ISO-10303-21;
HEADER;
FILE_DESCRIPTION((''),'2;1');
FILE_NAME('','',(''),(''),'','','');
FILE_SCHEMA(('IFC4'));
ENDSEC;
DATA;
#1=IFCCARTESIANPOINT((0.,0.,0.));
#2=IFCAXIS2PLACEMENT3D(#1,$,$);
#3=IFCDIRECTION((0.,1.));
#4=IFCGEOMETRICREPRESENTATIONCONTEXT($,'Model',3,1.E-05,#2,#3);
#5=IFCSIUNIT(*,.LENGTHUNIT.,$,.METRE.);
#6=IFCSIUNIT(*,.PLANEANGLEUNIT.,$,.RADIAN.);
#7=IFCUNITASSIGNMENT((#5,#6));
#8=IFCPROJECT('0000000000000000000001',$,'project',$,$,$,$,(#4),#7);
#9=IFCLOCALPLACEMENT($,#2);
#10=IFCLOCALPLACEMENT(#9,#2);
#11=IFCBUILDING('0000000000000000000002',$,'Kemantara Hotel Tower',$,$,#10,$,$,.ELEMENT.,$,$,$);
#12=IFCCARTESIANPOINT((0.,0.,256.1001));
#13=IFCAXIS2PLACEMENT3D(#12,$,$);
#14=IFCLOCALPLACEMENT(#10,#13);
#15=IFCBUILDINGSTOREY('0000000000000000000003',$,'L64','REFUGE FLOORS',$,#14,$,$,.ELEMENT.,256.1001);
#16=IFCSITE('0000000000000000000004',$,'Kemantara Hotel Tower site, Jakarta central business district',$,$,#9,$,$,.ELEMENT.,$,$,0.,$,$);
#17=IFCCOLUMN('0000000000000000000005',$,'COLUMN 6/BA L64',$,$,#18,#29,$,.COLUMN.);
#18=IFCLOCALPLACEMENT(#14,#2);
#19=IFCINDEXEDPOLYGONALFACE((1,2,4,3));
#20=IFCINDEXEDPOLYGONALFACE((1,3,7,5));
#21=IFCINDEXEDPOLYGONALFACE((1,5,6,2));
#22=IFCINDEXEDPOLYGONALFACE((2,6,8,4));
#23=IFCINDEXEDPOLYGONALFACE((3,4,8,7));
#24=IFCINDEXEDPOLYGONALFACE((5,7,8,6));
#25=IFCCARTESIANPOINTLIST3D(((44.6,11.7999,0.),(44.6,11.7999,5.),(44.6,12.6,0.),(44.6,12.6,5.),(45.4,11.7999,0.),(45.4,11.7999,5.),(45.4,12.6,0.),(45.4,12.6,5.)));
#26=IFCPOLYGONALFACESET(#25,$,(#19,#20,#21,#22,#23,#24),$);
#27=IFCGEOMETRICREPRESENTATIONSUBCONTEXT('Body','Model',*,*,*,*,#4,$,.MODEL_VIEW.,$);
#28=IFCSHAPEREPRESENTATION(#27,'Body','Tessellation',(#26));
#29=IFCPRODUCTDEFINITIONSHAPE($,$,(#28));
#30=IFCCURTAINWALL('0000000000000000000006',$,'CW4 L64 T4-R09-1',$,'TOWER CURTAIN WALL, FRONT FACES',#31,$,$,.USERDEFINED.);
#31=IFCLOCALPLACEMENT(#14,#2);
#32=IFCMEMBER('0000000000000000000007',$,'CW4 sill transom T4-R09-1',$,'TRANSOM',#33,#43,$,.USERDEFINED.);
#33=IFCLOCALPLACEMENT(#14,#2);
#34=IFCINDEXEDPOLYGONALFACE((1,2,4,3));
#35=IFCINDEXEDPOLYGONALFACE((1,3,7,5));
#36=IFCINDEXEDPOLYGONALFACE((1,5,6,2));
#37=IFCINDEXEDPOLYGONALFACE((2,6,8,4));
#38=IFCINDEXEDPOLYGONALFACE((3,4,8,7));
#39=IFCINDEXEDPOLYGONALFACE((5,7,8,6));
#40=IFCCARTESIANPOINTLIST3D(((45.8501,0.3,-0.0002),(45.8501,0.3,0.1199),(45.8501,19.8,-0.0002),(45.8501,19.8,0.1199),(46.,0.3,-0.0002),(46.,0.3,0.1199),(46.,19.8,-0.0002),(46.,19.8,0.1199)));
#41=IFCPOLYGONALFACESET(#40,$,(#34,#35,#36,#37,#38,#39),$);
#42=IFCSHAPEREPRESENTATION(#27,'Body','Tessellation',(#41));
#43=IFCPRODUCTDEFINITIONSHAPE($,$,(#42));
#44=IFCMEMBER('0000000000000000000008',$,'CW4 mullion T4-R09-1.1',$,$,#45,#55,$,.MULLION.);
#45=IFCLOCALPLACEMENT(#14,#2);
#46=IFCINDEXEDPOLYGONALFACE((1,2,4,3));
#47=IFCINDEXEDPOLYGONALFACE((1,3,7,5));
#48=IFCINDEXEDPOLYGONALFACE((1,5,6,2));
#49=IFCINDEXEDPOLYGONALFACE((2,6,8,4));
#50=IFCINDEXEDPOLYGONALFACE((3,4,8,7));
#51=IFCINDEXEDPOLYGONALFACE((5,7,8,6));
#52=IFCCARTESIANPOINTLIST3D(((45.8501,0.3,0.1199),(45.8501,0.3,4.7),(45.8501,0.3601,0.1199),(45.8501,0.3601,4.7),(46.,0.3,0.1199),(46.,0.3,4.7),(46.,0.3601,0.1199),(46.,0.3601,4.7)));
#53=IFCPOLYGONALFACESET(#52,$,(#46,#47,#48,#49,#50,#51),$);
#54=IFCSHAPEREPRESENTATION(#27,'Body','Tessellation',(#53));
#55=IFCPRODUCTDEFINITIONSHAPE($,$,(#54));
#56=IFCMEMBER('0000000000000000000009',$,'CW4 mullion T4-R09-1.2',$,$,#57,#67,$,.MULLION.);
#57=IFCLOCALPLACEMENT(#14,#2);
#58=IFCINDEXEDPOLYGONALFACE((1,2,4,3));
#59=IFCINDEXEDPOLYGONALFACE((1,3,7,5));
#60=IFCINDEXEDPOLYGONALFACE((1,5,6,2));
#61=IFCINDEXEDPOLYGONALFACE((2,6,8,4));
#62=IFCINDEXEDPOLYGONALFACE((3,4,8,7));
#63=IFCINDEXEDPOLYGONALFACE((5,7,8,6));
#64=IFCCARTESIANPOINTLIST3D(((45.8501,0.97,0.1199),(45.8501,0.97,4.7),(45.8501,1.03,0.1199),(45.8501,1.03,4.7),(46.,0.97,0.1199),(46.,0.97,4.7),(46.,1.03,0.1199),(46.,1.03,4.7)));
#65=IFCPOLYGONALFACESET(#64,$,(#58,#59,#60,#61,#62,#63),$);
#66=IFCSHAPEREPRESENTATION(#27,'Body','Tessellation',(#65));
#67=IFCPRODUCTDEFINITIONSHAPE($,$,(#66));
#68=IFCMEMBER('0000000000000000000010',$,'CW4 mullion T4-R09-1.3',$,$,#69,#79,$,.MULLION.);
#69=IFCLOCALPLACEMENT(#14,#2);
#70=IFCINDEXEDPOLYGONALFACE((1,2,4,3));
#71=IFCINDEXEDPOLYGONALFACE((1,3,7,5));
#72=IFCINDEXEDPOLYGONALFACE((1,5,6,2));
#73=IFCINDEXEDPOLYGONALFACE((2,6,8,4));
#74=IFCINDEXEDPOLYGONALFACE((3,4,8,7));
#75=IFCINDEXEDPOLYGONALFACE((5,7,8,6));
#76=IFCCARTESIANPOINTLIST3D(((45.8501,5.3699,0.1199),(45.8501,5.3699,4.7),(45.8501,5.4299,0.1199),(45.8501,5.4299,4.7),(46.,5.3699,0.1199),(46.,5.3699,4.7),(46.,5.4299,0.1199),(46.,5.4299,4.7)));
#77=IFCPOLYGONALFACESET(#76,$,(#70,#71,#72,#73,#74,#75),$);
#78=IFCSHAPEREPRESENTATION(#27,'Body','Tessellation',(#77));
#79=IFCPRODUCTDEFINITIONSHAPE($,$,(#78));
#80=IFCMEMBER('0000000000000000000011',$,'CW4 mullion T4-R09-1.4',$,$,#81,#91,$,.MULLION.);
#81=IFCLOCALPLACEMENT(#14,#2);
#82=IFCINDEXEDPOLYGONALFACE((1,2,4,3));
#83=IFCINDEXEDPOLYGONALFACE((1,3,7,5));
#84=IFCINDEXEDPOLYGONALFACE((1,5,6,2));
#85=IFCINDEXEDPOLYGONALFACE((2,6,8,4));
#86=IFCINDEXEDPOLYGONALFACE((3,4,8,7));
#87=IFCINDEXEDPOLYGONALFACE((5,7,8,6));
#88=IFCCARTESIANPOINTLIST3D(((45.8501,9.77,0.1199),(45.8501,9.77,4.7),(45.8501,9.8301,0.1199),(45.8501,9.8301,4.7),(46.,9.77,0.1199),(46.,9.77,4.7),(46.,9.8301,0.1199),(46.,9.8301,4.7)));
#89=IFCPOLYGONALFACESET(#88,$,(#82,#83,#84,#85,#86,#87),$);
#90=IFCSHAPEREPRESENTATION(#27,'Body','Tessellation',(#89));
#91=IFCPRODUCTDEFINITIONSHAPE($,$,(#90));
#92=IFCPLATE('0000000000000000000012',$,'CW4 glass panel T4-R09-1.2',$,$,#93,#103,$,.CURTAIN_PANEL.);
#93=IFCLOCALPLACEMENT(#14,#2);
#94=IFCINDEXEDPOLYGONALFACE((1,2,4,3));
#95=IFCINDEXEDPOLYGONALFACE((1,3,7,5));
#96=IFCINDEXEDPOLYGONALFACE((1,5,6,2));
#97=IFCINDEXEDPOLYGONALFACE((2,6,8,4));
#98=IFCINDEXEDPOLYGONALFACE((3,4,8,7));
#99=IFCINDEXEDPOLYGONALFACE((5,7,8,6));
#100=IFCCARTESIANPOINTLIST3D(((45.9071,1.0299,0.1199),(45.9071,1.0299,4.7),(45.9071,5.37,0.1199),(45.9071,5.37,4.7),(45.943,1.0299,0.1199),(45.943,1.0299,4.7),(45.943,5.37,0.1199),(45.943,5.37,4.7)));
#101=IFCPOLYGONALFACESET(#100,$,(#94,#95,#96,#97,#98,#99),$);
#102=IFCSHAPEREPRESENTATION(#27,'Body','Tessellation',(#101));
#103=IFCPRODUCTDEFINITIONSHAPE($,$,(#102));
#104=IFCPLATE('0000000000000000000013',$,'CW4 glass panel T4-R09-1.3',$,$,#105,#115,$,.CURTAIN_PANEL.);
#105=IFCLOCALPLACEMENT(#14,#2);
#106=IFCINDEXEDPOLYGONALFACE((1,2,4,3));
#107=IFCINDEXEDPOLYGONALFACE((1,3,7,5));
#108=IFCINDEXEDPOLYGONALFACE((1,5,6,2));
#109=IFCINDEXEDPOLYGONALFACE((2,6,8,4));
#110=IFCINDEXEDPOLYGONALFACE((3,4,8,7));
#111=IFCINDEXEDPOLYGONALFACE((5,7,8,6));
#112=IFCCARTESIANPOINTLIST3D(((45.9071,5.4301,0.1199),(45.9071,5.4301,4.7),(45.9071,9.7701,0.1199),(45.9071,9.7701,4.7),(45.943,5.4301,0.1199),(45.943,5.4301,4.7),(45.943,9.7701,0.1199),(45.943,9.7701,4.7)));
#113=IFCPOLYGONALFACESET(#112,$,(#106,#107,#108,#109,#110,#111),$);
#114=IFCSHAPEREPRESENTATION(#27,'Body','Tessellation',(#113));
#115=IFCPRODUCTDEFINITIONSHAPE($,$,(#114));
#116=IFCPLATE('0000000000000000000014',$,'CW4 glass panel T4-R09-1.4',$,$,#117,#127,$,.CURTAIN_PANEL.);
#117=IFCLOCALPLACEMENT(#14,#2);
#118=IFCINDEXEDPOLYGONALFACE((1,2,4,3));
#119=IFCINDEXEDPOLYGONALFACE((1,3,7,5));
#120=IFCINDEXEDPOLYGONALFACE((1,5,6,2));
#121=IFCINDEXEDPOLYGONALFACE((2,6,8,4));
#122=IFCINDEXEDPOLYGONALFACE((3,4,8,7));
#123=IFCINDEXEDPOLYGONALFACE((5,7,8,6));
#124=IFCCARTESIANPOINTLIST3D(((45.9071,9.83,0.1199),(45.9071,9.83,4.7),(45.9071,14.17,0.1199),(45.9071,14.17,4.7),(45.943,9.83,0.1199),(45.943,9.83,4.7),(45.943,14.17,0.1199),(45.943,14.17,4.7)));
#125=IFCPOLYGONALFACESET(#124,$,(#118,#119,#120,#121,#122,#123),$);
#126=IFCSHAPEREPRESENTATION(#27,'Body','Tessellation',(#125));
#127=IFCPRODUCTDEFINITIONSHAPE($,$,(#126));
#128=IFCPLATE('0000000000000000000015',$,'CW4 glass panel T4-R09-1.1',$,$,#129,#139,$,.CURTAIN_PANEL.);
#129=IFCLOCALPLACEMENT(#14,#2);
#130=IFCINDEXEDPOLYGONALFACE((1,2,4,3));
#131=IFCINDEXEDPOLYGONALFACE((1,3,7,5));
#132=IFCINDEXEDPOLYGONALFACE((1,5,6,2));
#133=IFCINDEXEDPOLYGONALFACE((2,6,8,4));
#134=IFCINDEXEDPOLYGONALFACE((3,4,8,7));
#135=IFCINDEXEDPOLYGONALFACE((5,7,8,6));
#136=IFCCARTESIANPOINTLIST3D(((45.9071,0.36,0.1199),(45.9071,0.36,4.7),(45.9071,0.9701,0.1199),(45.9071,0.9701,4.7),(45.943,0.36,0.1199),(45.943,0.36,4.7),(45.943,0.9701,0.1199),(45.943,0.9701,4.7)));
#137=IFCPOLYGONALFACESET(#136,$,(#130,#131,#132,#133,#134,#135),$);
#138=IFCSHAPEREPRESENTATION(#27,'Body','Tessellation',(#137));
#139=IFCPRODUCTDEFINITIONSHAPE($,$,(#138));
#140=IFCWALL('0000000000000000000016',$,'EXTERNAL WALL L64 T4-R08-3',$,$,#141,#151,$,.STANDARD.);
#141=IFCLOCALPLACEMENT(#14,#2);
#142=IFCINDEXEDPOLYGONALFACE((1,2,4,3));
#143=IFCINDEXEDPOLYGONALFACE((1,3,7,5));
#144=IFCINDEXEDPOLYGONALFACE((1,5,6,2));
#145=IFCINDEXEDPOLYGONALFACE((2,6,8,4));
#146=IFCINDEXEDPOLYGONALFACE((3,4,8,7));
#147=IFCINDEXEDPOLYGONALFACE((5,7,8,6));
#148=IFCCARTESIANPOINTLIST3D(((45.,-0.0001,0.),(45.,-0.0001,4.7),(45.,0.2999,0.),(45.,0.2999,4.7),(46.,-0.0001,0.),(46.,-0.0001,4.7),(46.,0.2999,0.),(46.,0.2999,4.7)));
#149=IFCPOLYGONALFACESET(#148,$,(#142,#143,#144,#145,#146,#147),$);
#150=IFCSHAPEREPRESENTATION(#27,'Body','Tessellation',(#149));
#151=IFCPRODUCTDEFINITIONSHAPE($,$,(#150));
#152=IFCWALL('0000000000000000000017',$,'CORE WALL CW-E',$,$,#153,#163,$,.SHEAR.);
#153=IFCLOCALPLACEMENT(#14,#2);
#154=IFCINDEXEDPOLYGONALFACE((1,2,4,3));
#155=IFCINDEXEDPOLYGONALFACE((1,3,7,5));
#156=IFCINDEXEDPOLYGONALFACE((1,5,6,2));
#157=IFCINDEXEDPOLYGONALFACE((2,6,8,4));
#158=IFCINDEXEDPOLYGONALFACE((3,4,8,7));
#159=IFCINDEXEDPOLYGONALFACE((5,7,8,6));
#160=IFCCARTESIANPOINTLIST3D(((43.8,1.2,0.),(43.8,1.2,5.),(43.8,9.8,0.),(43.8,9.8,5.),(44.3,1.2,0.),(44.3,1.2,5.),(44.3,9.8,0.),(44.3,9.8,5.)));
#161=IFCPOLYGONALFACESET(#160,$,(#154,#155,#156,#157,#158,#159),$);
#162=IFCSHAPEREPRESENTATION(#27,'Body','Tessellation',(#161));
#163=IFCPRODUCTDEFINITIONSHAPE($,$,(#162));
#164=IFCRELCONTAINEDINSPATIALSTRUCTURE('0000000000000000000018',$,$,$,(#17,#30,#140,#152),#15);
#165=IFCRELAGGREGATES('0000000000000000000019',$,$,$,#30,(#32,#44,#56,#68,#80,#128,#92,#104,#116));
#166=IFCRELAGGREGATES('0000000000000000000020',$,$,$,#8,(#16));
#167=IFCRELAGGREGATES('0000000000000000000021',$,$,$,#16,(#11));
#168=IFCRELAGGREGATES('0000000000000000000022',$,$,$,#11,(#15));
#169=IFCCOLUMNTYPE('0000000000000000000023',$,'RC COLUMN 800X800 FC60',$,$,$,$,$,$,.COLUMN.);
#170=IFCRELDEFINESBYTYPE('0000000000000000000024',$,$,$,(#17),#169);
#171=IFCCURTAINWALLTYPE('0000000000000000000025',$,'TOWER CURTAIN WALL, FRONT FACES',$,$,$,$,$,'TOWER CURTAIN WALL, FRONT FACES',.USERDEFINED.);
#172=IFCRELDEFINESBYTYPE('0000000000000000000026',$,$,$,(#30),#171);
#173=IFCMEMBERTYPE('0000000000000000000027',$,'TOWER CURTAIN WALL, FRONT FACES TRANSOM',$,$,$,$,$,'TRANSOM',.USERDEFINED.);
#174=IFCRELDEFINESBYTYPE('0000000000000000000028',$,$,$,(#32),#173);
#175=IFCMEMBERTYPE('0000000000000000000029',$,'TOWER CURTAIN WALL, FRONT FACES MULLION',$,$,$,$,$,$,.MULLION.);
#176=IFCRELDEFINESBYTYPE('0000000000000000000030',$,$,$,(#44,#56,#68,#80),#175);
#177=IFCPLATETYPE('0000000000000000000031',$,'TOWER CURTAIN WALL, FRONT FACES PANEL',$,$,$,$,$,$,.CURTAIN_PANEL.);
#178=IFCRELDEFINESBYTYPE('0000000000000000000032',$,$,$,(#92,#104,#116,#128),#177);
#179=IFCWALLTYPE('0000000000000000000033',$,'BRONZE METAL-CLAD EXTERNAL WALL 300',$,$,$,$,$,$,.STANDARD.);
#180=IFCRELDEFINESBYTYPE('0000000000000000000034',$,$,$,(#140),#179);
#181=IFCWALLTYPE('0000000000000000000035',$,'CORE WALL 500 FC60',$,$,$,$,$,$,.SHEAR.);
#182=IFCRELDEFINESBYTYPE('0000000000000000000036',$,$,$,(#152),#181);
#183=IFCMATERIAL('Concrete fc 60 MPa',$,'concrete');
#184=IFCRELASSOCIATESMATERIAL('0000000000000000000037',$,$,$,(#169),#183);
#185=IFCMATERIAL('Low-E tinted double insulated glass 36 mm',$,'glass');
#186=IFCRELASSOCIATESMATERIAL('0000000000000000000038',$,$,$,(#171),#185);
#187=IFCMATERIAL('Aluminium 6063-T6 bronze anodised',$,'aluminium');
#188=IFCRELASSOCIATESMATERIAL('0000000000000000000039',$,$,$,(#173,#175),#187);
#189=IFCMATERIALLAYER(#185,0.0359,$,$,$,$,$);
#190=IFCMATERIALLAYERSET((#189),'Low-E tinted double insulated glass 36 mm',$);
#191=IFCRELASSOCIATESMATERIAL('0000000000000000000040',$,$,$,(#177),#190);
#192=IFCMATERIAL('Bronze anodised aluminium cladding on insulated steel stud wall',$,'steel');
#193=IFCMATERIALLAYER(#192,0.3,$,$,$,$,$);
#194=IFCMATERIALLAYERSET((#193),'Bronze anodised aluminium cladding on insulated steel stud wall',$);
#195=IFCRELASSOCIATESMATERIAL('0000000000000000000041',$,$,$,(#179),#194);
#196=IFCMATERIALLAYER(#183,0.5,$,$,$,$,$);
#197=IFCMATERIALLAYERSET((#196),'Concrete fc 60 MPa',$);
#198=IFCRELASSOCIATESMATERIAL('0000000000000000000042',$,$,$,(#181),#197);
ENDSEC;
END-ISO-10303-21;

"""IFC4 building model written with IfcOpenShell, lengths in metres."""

from ifc_helpers import new_model, si_unit, direction, frame, frame_2d, origin, origin_2d, place, context, subcontext, project, spatial, rectangle, extrude, source, transform, mapped, material, layer, layer_set, material_profile, profile_set, type_object, element, aggregate, save


model = new_model("IFC4")

# Units and contexts
model_context = context("Model", 3, precision=1e-05, world=origin(), true_north=direction((0.0, 1.0)))
body_context = subcontext(model_context, "Body", "Model", "MODEL_VIEW")
ifc_project = project(units=[si_unit("LENGTHUNIT", "METRE"), si_unit("PLANEANGLEUNIT", "RADIAN")], contexts=[model_context])

# Site, building, storey
site_placement = place(None, origin())
site = spatial("IfcSite", under=ifc_project, at=site_placement, Name="Kemantara Hotel Tower site, Jakarta central business district", CompositionType="ELEMENT", RefElevation=0.0)
building_placement = place(site_placement, origin())
building = spatial("IfcBuilding", under=site, at=building_placement, Name="Kemantara Hotel Tower", CompositionType="ELEMENT")
storey_placement = place(building_placement, frame((0.0, 0.0, 256.1001)))
storey = spatial("IfcBuildingStorey", under=building, at=storey_placement, Name="L64", Description="REFUGE FLOORS", CompositionType="ELEMENT", Elevation=256.1001)

# Column
ifc_material_1 = material(Name="Concrete fc 60 MPa", Category="concrete")
ifc_material_profile_1 = material_profile(ifc_material_1, rectangle(XDim=0.8, YDim=0.8, at=origin_2d()), Name="RC 800X800")
ifc_profile_set_1 = profile_set([ifc_material_profile_1], Name="Concrete fc 60 MPa")
column_type = type_object("IfcColumnType", Name="RC COLUMN 800X800 FC60", PredefinedType="COLUMN", material=ifc_profile_set_1)
column_placement = place(storey_placement, frame((45.0, 12.2, 0.0), z_axis=(0.0, 0.0, 1.0), x_axis=(1.0, 0.0, 0.0)))
element("IfcColumn", 1, at=column_placement, inside=storey, type_object=column_type, Name="COLUMN 6/BA L64", PredefinedType="COLUMN", context=body_context, shape_type="SweptSolid", body=[
    extrude(rectangle(XDim=0.8, YDim=0.8, at=origin_2d()), origin(), (0.0, 0.0, 1.0), 5.0),
])

# Curtain wall, members, plates
ifc_material_2 = material(Name="Low-E tinted double insulated glass 36 mm", Category="glass")
curtain_wall_type = type_object("IfcCurtainWallType", Name="TOWER CURTAIN WALL, FRONT FACES", ElementType="TOWER CURTAIN WALL, FRONT FACES", PredefinedType="USERDEFINED", material=ifc_material_2)
curtain_wall_placement = place(storey_placement, origin())
curtain_wall = element("IfcCurtainWall", 2, at=curtain_wall_placement, inside=storey, type_object=curtain_wall_type, Name="CW4 L64 T4-R09-1", ObjectType="TOWER CURTAIN WALL, FRONT FACES", PredefinedType="USERDEFINED")
ifc_material_3 = material(Name="Aluminium 6063-T6 bronze anodised", Category="aluminium")
ifc_material_profile_2 = material_profile(ifc_material_3, rectangle(XDim=0.1499, YDim=0.1201, at=origin_2d()), Name="TOWER CURTAIN WALL, FRONT FACES TRANSOM")
ifc_profile_set_2 = profile_set([ifc_material_profile_2], Name="Aluminium 6063-T6 bronze anodised")
member_type_1 = type_object("IfcMemberType", Name="TOWER CURTAIN WALL, FRONT FACES TRANSOM", ElementType="TRANSOM", PredefinedType="USERDEFINED", material=ifc_profile_set_2)
member_1_placement = place(storey_placement, frame((45.925, 0.3, 0.0598), z_axis=(0.0, 1.0, 0.0), x_axis=(-1.0, 0.0, 0.0)))
member_1 = element("IfcMember", 3, at=member_1_placement, type_object=member_type_1, Name="CW4 sill transom T4-R09-1", ObjectType="TRANSOM", PredefinedType="USERDEFINED", context=body_context, shape_type="SweptSolid", body=[
    extrude(rectangle(XDim=0.1499, YDim=0.1201, at=origin_2d()), origin(), (0.0, 0.0, 1.0), 19.5),
])
ifc_material_profile_3 = material_profile(ifc_material_3, rectangle(XDim=0.1499, YDim=0.0601, at=origin_2d()), Name="TOWER CURTAIN WALL, FRONT FACES MULLION")
ifc_profile_set_3 = profile_set([ifc_material_profile_3], Name="Aluminium 6063-T6 bronze anodised")
member_type_2 = type_object("IfcMemberType", Name="TOWER CURTAIN WALL, FRONT FACES MULLION", PredefinedType="MULLION", material=ifc_profile_set_3)
shared_shape_1 = source(origin(), body_context, "Body", "SweptSolid", [
    extrude(rectangle(XDim=0.1499, YDim=0.0601, at=origin_2d()), origin(), (0.0, 0.0, 1.0), 4.5801),
])
member_2_placement = place(storey_placement, frame((45.925, 0.3301, 0.1199), z_axis=(0.0, 0.0, 1.0), x_axis=(-1.0, 0.0, 0.0)))
member_2 = element("IfcMember", 4, at=member_2_placement, type_object=member_type_2, Name="CW4 mullion T4-R09-1.1", PredefinedType="MULLION", context=body_context, shape_type="MappedRepresentation", body=[
    mapped(shared_shape_1, transform((0.0, 0.0, 0.0))),
])
member_3_placement = place(storey_placement, frame((45.925, 1.0, 0.1199), z_axis=(0.0, 0.0, 1.0), x_axis=(-1.0, 0.0, 0.0)))
member_3 = element("IfcMember", 5, at=member_3_placement, type_object=member_type_2, Name="CW4 mullion T4-R09-1.2", PredefinedType="MULLION", context=body_context, shape_type="MappedRepresentation", body=[
    mapped(shared_shape_1, transform((0.0, 0.0, 0.0))),
])
member_4_placement = place(storey_placement, frame((45.925, 5.3999, 0.1199), z_axis=(0.0, 0.0, 1.0), x_axis=(-1.0, 0.0, 0.0)))
member_4 = element("IfcMember", 6, at=member_4_placement, type_object=member_type_2, Name="CW4 mullion T4-R09-1.3", PredefinedType="MULLION", context=body_context, shape_type="MappedRepresentation", body=[
    mapped(shared_shape_1, transform((0.0, 0.0, 0.0))),
])
member_5_placement = place(storey_placement, frame((45.925, 9.8, 0.1199), z_axis=(0.0, 0.0, 1.0), x_axis=(-1.0, 0.0, 0.0)))
member_5 = element("IfcMember", 7, at=member_5_placement, type_object=member_type_2, Name="CW4 mullion T4-R09-1.4", PredefinedType="MULLION", context=body_context, shape_type="MappedRepresentation", body=[
    mapped(shared_shape_1, transform((0.0, 0.0, 0.0))),
])
ifc_layer_1 = layer(ifc_material_2, 0.0359)
ifc_layer_set_1 = layer_set([ifc_layer_1], Name="Low-E tinted double insulated glass 36 mm")
plate_type = type_object("IfcPlateType", Name="TOWER CURTAIN WALL, FRONT FACES PANEL", PredefinedType="CURTAIN_PANEL", material=ifc_layer_set_1)
shared_shape_2 = source(origin(), body_context, "Body", "SweptSolid", [
    extrude(rectangle(XDim=4.3401, YDim=0.0359, at=origin_2d()), origin(), (0.0, 0.0, 1.0), 4.5801),
])
plate_1_placement = place(storey_placement, frame((45.925, 3.2, 0.1199), z_axis=(0.0, 0.0, 1.0), x_axis=(0.0, 1.0, 0.0)))
plate_1 = element("IfcPlate", 8, at=plate_1_placement, type_object=plate_type, Name="CW4 glass panel T4-R09-1.2", PredefinedType="CURTAIN_PANEL", context=body_context, shape_type="MappedRepresentation", body=[
    mapped(shared_shape_2, transform((0.0, 0.0, 0.0))),
])
plate_2_placement = place(storey_placement, frame((45.925, 7.6001, 0.1199), z_axis=(0.0, 0.0, 1.0), x_axis=(0.0, 1.0, 0.0)))
plate_2 = element("IfcPlate", 9, at=plate_2_placement, type_object=plate_type, Name="CW4 glass panel T4-R09-1.3", PredefinedType="CURTAIN_PANEL", context=body_context, shape_type="MappedRepresentation", body=[
    mapped(shared_shape_2, transform((0.0, 0.0, 0.0))),
])
plate_3_placement = place(storey_placement, frame((45.925, 12.0, 0.1199), z_axis=(0.0, 0.0, 1.0), x_axis=(0.0, 1.0, 0.0)))
plate_3 = element("IfcPlate", 10, at=plate_3_placement, type_object=plate_type, Name="CW4 glass panel T4-R09-1.4", PredefinedType="CURTAIN_PANEL", context=body_context, shape_type="MappedRepresentation", body=[
    mapped(shared_shape_2, transform((0.0, 0.0, 0.0))),
])
shared_shape_3 = source(origin(), body_context, "Body", "SweptSolid", [
    extrude(rectangle(XDim=0.6101, YDim=0.0359, at=origin_2d()), origin(), (0.0, 0.0, 1.0), 4.5801),
])
plate_4_placement = place(storey_placement, frame((45.925, 0.665, 0.1199), z_axis=(0.0, 0.0, 1.0), x_axis=(0.0, 1.0, 0.0)))
plate_4 = element("IfcPlate", 11, at=plate_4_placement, type_object=plate_type, Name="CW4 glass panel T4-R09-1.1", PredefinedType="CURTAIN_PANEL", context=body_context, shape_type="MappedRepresentation", body=[
    mapped(shared_shape_3, transform((0.0, 0.0, 0.0))),
])
aggregate(curtain_wall, [member_1, member_2, member_3, member_4, member_5, plate_4, plate_1, plate_2, plate_3])

# Walls
ifc_material_4 = material(Name="Bronze anodised aluminium cladding on insulated steel stud wall", Category="steel")
ifc_layer_2 = layer(ifc_material_4, 0.3)
ifc_layer_set_2 = layer_set([ifc_layer_2], Name="Bronze anodised aluminium cladding on insulated steel stud wall")
wall_type_1 = type_object("IfcWallType", Name="BRONZE METAL-CLAD EXTERNAL WALL 300", PredefinedType="STANDARD", material=ifc_layer_set_2)
wall_1_placement = place(storey_placement, frame((45.0, 0.1499, 0.0), z_axis=(0.0, 0.0, 1.0), x_axis=(1.0, 0.0, 0.0)))
element("IfcWall", 12, at=wall_1_placement, inside=storey, type_object=wall_type_1, Name="EXTERNAL WALL L64 T4-R08-3", PredefinedType="STANDARD", context=body_context, shape_type="SweptSolid", body=[
    extrude(rectangle(XDim=1.0, YDim=0.3, at=frame_2d((0.5, 0.0))), origin(), (0.0, 0.0, 1.0), 4.7),
])
ifc_layer_3 = layer(ifc_material_1, 0.5)
ifc_layer_set_3 = layer_set([ifc_layer_3], Name="Concrete fc 60 MPa")
wall_type_2 = type_object("IfcWallType", Name="CORE WALL 500 FC60", PredefinedType="SHEAR", material=ifc_layer_set_3)
wall_2_placement = place(storey_placement, frame((44.05, 1.2, 0.0), z_axis=(0.0, 0.0, 1.0), x_axis=(0.0, 1.0, 0.0)))
element("IfcWall", 13, at=wall_2_placement, inside=storey, type_object=wall_type_2, Name="CORE WALL CW-E", PredefinedType="SHEAR", context=body_context, shape_type="SweptSolid", body=[
    extrude(rectangle(XDim=8.6001, YDim=0.5, at=frame_2d((4.3, 0.0))), origin(), (0.0, 0.0, 1.0), 5.0),
])

save(model, "model.ifc")
